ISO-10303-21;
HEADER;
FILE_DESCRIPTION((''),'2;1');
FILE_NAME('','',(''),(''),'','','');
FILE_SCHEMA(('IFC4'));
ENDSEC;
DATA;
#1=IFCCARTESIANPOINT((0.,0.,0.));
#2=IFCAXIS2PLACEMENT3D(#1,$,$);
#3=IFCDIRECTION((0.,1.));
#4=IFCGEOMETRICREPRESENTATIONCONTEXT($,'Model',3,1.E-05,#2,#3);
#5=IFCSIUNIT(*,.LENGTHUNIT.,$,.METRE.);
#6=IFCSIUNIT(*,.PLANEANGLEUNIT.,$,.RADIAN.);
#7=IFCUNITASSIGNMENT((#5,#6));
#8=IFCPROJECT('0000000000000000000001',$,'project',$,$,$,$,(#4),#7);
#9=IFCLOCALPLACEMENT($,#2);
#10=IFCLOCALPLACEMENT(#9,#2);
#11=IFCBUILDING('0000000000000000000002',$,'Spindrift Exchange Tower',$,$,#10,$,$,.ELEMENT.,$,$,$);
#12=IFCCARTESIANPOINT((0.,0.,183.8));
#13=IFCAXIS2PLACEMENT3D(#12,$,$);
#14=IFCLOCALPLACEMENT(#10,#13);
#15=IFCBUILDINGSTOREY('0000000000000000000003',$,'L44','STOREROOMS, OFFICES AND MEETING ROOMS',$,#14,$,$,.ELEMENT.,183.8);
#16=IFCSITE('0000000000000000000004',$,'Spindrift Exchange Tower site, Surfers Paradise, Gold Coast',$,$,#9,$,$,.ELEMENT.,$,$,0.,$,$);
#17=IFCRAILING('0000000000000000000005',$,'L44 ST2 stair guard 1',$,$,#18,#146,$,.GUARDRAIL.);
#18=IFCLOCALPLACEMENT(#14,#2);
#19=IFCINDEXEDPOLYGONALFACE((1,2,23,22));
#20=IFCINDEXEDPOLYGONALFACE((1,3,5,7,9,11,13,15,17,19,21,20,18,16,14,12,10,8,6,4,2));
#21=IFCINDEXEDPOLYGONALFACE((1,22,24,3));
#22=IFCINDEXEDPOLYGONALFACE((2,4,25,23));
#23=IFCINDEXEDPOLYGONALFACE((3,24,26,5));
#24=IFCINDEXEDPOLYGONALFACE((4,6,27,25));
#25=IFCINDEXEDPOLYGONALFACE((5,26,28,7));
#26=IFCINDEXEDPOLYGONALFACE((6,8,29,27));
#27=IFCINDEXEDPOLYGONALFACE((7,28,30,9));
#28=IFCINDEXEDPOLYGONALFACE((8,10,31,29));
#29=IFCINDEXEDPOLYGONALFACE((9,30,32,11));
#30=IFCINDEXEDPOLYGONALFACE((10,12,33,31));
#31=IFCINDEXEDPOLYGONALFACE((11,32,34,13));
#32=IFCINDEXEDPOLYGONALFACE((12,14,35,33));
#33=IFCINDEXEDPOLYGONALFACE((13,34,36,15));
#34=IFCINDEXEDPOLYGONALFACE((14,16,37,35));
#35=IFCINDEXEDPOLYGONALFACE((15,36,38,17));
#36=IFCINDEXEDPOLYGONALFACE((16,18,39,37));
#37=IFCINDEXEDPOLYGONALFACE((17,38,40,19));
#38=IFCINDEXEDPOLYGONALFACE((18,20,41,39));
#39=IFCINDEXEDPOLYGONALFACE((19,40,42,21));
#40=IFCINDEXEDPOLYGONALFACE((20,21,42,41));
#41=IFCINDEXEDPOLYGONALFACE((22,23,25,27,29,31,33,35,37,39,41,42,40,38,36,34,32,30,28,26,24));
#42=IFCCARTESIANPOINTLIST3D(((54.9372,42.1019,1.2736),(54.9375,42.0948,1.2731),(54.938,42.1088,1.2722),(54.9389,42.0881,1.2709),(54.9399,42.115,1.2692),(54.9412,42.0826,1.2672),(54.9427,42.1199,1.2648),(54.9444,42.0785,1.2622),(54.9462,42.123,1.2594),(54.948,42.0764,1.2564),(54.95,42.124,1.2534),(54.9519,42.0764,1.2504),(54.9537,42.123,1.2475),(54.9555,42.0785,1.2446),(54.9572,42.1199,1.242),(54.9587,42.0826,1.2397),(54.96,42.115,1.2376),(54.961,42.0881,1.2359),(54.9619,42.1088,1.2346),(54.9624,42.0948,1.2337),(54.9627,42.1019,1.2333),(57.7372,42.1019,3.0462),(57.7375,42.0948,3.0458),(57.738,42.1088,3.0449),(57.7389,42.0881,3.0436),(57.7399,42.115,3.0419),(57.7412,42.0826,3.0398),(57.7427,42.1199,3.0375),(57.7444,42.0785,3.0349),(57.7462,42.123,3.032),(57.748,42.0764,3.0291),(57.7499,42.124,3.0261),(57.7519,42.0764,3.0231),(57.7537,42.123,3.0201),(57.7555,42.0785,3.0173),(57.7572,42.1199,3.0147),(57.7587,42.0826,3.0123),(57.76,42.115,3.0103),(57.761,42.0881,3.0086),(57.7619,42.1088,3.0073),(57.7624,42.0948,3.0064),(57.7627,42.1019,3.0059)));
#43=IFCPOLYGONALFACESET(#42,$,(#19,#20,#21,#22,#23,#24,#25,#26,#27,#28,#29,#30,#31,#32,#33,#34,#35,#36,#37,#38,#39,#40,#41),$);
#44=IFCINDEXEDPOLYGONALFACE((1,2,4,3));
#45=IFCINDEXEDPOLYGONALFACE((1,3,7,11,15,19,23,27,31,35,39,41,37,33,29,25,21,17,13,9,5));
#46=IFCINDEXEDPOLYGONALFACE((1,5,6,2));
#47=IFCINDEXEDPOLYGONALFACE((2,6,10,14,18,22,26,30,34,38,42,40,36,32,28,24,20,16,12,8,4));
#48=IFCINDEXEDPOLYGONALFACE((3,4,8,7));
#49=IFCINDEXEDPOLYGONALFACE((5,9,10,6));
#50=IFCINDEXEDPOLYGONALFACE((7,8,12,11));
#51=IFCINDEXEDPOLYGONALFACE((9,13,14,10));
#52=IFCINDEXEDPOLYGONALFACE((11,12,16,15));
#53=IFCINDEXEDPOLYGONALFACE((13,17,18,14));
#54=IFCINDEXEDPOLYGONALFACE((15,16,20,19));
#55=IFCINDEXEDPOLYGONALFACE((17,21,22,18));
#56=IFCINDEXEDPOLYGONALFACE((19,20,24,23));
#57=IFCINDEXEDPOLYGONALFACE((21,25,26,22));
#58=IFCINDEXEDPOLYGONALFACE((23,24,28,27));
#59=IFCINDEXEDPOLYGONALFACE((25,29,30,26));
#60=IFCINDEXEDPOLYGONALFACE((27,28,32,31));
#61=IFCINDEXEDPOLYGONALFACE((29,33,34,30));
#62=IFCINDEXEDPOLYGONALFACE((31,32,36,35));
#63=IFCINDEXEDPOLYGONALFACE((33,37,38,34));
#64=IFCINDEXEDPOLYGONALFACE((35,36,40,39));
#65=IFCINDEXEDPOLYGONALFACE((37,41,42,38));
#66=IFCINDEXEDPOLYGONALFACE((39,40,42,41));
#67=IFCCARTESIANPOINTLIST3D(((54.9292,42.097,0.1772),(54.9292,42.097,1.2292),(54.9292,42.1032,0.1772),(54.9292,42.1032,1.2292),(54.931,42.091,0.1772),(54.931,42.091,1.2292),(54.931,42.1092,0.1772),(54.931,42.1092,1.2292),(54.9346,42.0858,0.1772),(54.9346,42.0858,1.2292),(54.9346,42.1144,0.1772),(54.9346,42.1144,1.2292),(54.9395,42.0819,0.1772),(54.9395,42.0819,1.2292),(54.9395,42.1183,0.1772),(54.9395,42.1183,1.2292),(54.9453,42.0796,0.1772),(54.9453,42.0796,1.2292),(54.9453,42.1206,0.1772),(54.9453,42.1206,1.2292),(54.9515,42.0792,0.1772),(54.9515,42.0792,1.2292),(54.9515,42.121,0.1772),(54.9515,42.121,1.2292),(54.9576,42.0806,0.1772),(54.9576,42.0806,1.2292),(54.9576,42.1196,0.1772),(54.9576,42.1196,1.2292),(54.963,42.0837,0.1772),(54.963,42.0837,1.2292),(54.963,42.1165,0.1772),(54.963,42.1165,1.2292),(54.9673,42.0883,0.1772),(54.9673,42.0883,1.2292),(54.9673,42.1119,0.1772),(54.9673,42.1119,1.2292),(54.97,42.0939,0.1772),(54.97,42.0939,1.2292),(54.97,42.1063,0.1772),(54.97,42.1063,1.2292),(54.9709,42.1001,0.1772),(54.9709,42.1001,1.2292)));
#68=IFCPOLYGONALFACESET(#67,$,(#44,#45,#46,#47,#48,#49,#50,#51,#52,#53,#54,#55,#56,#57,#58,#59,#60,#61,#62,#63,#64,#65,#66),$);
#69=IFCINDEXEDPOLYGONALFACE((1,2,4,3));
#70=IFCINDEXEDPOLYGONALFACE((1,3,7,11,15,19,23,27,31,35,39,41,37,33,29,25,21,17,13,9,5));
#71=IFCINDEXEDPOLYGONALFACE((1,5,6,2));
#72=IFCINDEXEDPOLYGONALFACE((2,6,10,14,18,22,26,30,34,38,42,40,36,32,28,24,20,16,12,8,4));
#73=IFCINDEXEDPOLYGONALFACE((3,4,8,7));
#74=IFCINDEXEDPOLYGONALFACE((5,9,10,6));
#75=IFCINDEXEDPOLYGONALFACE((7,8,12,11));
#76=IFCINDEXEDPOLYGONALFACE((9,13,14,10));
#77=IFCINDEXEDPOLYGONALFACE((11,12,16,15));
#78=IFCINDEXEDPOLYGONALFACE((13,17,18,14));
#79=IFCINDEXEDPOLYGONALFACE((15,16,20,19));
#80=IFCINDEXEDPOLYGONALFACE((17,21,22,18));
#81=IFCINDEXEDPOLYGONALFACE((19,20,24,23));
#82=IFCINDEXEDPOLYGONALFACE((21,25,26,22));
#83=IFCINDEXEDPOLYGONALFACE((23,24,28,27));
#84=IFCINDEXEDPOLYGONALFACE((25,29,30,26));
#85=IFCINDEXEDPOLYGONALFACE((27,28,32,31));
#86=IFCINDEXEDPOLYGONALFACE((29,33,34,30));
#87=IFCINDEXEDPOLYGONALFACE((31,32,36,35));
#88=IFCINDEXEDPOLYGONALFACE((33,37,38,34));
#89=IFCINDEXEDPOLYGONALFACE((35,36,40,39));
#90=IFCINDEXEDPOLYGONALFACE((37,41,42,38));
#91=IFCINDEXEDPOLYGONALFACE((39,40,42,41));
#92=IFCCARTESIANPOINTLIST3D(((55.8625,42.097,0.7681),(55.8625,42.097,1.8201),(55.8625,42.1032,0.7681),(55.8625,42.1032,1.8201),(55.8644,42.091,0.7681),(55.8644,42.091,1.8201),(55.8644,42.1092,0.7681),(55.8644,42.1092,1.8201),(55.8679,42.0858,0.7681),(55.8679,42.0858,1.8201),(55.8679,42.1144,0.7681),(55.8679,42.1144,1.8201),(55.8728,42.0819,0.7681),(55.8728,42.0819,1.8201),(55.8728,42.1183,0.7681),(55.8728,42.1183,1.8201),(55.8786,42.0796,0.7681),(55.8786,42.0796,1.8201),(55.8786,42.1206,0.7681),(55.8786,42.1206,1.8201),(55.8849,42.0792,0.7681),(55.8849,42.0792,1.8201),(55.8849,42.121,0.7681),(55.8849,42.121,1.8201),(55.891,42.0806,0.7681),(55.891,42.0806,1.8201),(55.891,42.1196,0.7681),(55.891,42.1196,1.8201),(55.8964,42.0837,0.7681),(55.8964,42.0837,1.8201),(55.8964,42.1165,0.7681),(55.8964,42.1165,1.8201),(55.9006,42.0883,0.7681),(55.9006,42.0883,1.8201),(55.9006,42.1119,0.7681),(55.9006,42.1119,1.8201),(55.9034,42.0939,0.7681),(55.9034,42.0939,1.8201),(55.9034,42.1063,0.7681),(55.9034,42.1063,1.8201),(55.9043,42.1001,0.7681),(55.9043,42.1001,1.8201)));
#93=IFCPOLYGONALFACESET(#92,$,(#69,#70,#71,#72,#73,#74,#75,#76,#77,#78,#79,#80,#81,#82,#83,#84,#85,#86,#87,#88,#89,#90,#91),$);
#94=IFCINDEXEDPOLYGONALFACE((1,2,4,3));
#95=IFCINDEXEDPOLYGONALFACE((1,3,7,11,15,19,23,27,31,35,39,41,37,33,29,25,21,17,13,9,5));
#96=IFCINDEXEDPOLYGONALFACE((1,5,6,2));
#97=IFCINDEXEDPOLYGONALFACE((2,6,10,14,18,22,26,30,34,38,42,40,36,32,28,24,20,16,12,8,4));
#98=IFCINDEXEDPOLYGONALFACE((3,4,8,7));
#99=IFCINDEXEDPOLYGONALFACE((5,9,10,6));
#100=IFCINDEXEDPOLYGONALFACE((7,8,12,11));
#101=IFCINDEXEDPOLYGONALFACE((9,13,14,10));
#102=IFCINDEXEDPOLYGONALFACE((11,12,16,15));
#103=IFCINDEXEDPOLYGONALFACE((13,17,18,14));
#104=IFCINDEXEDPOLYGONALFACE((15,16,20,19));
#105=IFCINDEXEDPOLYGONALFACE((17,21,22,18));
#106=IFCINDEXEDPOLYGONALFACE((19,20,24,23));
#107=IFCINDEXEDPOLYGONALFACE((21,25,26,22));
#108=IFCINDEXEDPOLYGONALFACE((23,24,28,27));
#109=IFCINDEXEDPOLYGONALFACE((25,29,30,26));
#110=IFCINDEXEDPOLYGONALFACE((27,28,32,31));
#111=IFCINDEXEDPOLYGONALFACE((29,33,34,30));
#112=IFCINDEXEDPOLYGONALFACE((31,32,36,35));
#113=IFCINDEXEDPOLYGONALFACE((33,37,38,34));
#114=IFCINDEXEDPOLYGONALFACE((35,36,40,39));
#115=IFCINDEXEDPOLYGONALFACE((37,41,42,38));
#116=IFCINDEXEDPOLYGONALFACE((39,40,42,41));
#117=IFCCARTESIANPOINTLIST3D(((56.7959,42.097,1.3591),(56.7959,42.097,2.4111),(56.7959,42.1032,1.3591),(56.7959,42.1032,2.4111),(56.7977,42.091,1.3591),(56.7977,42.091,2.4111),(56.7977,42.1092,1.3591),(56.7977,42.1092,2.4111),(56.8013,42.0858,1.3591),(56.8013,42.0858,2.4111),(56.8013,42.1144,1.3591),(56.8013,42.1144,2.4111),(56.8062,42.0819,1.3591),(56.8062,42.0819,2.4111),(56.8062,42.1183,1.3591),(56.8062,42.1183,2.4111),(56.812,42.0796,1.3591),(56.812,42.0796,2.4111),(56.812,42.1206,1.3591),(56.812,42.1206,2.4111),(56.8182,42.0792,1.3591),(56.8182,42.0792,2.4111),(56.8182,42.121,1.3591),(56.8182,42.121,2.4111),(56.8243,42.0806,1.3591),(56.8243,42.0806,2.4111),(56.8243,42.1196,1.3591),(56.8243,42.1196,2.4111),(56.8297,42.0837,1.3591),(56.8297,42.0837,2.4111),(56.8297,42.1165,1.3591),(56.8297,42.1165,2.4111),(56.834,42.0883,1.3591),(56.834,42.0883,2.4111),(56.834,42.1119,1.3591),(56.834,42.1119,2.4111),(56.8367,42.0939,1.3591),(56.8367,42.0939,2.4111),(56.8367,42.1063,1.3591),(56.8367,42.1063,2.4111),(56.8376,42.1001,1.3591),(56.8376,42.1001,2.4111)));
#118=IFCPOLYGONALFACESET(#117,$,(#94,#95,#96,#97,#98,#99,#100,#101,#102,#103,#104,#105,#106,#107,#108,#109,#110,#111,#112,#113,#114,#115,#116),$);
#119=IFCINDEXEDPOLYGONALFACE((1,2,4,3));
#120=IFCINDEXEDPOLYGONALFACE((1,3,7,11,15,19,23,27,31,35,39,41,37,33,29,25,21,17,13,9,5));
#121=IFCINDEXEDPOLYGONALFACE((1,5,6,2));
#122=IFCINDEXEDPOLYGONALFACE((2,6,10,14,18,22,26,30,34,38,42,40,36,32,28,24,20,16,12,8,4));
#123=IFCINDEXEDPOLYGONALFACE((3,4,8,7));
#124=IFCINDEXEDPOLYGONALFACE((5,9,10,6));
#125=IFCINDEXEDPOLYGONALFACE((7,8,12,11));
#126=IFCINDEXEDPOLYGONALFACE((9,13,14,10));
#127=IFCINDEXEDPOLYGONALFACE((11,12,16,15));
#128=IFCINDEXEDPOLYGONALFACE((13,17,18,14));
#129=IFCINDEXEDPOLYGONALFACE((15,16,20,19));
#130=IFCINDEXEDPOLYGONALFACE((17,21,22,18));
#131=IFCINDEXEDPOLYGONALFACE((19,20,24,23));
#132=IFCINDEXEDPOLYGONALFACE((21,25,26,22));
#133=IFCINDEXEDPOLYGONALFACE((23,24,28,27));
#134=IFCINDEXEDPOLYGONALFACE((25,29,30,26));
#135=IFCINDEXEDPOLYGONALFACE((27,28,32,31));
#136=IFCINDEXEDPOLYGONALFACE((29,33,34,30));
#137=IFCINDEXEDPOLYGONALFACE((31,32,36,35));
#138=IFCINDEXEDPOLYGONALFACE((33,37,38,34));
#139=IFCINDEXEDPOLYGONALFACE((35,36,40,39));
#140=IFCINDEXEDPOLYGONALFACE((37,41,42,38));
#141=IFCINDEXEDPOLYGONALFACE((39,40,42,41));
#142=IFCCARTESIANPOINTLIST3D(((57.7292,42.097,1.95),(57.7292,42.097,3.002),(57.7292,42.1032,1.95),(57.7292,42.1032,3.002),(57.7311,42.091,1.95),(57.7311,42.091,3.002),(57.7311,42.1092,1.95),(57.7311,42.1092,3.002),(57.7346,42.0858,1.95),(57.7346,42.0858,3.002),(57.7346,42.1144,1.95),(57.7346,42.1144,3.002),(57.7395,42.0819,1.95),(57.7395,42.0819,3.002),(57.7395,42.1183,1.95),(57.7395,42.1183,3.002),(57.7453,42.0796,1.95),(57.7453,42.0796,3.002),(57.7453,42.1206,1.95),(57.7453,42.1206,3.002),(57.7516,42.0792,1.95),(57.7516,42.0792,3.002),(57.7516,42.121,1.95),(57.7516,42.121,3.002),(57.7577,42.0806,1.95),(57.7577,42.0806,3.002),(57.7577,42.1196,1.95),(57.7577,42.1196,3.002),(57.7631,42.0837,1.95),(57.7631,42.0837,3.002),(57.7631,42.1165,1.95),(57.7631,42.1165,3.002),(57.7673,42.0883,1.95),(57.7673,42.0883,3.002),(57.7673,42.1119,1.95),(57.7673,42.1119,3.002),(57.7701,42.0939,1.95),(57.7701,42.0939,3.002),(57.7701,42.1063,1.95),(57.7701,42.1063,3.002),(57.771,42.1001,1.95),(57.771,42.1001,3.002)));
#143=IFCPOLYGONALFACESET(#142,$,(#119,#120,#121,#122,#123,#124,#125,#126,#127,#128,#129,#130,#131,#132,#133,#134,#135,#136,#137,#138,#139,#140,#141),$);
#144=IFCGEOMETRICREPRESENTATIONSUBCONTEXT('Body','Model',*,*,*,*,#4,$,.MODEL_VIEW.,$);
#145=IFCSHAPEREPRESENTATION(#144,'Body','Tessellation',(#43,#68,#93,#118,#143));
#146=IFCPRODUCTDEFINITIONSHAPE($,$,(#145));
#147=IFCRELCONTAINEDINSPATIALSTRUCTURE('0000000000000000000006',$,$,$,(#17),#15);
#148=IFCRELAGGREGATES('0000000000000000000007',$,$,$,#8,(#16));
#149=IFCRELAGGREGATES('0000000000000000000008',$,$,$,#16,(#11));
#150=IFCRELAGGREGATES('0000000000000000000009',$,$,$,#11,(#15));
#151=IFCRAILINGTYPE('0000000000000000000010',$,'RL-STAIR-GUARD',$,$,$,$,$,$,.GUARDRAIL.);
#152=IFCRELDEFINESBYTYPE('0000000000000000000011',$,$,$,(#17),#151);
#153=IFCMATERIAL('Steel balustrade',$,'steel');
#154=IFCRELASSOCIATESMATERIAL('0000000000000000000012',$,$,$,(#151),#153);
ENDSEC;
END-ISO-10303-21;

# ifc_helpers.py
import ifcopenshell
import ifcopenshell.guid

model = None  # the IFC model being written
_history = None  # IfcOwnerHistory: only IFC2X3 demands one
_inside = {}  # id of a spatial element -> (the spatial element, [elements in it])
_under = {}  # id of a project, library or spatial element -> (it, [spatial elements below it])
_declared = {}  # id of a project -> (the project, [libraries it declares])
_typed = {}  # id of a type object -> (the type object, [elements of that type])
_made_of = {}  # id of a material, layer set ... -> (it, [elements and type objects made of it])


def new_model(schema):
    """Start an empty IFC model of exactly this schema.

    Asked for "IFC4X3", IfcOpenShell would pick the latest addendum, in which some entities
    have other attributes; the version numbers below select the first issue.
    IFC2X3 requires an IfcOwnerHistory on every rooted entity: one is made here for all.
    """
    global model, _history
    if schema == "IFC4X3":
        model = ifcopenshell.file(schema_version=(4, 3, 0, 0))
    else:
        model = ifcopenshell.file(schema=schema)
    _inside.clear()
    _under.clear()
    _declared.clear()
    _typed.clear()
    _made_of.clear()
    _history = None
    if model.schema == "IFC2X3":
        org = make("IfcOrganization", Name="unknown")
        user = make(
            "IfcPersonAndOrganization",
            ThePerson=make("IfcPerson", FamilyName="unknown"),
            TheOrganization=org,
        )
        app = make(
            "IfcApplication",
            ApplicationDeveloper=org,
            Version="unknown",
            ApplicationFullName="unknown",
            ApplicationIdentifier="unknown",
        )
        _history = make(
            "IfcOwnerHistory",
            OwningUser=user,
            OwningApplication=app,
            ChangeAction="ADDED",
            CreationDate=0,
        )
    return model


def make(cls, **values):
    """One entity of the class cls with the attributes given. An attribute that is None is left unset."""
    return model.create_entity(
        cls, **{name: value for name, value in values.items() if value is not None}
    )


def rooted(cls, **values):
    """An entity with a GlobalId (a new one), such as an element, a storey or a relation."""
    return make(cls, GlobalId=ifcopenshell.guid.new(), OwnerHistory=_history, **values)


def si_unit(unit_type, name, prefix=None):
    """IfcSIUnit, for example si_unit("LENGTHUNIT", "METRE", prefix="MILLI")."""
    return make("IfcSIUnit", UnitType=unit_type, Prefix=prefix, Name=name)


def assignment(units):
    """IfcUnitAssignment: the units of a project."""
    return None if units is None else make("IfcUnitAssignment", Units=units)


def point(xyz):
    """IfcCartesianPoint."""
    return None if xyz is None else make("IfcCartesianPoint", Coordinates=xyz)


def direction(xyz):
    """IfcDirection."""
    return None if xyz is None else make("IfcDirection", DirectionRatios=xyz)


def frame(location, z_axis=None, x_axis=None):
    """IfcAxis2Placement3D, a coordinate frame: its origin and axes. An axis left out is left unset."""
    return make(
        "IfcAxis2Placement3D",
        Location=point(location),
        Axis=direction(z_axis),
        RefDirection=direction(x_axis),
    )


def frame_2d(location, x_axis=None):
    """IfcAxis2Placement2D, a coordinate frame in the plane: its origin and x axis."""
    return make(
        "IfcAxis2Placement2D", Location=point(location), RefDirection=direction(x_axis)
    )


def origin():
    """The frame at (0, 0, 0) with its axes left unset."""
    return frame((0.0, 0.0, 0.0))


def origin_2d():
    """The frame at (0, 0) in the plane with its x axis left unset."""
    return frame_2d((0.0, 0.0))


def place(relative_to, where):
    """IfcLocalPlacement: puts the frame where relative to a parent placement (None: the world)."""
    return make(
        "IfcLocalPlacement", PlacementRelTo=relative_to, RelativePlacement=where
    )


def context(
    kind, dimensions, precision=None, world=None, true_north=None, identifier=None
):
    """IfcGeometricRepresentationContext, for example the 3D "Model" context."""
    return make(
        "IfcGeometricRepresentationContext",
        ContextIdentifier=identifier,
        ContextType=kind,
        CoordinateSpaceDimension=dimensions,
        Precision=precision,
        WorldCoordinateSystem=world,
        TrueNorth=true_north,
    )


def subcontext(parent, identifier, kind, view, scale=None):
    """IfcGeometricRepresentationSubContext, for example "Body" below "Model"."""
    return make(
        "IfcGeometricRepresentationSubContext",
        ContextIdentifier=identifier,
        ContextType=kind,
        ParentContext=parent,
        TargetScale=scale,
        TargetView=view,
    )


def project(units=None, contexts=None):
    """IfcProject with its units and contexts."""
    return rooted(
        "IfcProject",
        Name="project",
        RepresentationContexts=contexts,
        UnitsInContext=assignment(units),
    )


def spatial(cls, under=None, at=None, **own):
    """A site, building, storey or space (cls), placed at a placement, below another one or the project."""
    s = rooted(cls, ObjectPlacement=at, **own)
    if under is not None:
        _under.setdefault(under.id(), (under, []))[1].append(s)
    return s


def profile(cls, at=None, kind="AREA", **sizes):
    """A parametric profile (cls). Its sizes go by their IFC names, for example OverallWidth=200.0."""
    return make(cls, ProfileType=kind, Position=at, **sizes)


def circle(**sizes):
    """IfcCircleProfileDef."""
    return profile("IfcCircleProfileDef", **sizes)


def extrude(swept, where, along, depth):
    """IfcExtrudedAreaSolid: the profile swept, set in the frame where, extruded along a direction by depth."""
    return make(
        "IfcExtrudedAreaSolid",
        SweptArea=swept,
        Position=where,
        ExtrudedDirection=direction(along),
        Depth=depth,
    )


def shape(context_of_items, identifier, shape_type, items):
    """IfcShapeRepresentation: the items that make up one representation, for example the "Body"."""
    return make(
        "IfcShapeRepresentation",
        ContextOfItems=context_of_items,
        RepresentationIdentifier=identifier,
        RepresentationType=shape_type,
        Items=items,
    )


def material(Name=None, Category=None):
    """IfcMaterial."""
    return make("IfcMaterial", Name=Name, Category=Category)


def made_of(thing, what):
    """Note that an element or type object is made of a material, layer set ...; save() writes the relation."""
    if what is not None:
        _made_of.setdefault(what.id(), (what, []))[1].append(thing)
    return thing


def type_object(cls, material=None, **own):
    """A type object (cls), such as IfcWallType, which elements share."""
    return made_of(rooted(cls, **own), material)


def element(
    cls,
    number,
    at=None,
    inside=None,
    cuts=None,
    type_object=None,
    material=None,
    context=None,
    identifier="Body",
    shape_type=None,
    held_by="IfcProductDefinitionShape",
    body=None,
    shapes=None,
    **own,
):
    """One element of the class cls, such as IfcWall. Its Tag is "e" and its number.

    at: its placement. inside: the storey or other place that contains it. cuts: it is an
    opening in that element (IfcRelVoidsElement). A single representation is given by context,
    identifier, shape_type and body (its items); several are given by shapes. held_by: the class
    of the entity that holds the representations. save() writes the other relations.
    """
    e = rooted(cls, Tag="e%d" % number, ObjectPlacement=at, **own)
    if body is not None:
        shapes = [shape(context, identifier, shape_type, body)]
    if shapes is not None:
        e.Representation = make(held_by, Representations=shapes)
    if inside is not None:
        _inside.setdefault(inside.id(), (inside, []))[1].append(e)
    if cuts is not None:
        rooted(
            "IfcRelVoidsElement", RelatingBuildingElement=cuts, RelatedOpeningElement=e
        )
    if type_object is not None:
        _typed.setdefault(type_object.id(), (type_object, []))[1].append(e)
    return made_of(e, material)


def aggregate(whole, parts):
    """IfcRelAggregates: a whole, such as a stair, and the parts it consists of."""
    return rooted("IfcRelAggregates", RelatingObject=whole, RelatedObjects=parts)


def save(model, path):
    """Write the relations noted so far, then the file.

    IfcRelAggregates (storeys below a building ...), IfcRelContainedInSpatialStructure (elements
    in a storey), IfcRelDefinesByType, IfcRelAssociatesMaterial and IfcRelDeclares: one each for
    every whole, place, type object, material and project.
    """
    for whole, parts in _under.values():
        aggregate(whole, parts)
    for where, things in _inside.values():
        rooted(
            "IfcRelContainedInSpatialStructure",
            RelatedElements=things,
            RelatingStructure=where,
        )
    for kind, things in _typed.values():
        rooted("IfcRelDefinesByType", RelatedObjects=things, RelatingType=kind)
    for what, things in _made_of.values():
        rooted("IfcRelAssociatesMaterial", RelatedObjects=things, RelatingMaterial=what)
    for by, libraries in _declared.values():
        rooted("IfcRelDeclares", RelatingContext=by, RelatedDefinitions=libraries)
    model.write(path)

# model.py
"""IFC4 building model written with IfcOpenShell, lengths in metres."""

from ifc_helpers import new_model, si_unit, direction, frame, origin, origin_2d, place, context, subcontext, project, spatial, circle, extrude, material, type_object, element, save


model = new_model("IFC4")

# Units and contexts
model_context = context("Model", 3, precision=1e-05, world=origin(), true_north=direction((0.0, 1.0)))
body_context = subcontext(model_context, "Body", "Model", "MODEL_VIEW")
ifc_project = project(units=[si_unit("LENGTHUNIT", "METRE"), si_unit("PLANEANGLEUNIT", "RADIAN")], contexts=[model_context])

# Site, building, storey
site_placement = place(None, origin())
site = spatial("IfcSite", under=ifc_project, at=site_placement, Name="Spindrift Exchange Tower site, Surfers Paradise, Gold Coast", CompositionType="ELEMENT", RefElevation=0.0)
building_placement = place(site_placement, origin())
building = spatial("IfcBuilding", under=site, at=building_placement, Name="Spindrift Exchange Tower", CompositionType="ELEMENT")
storey_placement = place(building_placement, frame((0.0, 0.0, 183.8)))
storey = spatial("IfcBuildingStorey", under=building, at=storey_placement, Name="L44", Description="STOREROOMS, OFFICES AND MEETING ROOMS", CompositionType="ELEMENT", Elevation=183.8)

# Railing
ifc_material_1 = material(Name="Steel balustrade", Category="steel")
railing_type_1 = type_object("IfcRailingType", Name="RL-STAIR-GUARD", PredefinedType="GUARDRAIL", material=ifc_material_1)
railing_1_placement = place(storey_placement, frame((54.95, 42.1001, 0.1772)))
element("IfcRailing", 1, at=railing_1_placement, inside=storey, type_object=railing_type_1, Name="L44 ST2 stair guard 1", PredefinedType="GUARDRAIL", context=body_context, shape_type="SweptSolid", body=[
    extrude(circle(Radius=0.0239, at=origin_2d()), frame((0.0, 0.0, 1.0762), z_axis=(0.844909, 0.0, 0.53491), x_axis=(0.0, 1.0, 0.0)), (0.0, 0.0, 1.0), 3.314),
    extrude(circle(Radius=0.021, at=origin_2d()), origin(), (0.0, 0.0, 1.0), 1.052),
    extrude(circle(Radius=0.021, at=origin_2d()), frame((0.9333, 0.0, 0.5908)), (0.0, 0.0, 1.0), 1.052),
    extrude(circle(Radius=0.021, at=origin_2d()), frame((1.8667, 0.0, 1.1819)), (0.0, 0.0, 1.0), 1.052),
    extrude(circle(Radius=0.021, at=origin_2d()), frame((2.8, 0.0, 1.7727)), (0.0, 0.0, 1.0), 1.052),
])

save(model, "model.ifc")
